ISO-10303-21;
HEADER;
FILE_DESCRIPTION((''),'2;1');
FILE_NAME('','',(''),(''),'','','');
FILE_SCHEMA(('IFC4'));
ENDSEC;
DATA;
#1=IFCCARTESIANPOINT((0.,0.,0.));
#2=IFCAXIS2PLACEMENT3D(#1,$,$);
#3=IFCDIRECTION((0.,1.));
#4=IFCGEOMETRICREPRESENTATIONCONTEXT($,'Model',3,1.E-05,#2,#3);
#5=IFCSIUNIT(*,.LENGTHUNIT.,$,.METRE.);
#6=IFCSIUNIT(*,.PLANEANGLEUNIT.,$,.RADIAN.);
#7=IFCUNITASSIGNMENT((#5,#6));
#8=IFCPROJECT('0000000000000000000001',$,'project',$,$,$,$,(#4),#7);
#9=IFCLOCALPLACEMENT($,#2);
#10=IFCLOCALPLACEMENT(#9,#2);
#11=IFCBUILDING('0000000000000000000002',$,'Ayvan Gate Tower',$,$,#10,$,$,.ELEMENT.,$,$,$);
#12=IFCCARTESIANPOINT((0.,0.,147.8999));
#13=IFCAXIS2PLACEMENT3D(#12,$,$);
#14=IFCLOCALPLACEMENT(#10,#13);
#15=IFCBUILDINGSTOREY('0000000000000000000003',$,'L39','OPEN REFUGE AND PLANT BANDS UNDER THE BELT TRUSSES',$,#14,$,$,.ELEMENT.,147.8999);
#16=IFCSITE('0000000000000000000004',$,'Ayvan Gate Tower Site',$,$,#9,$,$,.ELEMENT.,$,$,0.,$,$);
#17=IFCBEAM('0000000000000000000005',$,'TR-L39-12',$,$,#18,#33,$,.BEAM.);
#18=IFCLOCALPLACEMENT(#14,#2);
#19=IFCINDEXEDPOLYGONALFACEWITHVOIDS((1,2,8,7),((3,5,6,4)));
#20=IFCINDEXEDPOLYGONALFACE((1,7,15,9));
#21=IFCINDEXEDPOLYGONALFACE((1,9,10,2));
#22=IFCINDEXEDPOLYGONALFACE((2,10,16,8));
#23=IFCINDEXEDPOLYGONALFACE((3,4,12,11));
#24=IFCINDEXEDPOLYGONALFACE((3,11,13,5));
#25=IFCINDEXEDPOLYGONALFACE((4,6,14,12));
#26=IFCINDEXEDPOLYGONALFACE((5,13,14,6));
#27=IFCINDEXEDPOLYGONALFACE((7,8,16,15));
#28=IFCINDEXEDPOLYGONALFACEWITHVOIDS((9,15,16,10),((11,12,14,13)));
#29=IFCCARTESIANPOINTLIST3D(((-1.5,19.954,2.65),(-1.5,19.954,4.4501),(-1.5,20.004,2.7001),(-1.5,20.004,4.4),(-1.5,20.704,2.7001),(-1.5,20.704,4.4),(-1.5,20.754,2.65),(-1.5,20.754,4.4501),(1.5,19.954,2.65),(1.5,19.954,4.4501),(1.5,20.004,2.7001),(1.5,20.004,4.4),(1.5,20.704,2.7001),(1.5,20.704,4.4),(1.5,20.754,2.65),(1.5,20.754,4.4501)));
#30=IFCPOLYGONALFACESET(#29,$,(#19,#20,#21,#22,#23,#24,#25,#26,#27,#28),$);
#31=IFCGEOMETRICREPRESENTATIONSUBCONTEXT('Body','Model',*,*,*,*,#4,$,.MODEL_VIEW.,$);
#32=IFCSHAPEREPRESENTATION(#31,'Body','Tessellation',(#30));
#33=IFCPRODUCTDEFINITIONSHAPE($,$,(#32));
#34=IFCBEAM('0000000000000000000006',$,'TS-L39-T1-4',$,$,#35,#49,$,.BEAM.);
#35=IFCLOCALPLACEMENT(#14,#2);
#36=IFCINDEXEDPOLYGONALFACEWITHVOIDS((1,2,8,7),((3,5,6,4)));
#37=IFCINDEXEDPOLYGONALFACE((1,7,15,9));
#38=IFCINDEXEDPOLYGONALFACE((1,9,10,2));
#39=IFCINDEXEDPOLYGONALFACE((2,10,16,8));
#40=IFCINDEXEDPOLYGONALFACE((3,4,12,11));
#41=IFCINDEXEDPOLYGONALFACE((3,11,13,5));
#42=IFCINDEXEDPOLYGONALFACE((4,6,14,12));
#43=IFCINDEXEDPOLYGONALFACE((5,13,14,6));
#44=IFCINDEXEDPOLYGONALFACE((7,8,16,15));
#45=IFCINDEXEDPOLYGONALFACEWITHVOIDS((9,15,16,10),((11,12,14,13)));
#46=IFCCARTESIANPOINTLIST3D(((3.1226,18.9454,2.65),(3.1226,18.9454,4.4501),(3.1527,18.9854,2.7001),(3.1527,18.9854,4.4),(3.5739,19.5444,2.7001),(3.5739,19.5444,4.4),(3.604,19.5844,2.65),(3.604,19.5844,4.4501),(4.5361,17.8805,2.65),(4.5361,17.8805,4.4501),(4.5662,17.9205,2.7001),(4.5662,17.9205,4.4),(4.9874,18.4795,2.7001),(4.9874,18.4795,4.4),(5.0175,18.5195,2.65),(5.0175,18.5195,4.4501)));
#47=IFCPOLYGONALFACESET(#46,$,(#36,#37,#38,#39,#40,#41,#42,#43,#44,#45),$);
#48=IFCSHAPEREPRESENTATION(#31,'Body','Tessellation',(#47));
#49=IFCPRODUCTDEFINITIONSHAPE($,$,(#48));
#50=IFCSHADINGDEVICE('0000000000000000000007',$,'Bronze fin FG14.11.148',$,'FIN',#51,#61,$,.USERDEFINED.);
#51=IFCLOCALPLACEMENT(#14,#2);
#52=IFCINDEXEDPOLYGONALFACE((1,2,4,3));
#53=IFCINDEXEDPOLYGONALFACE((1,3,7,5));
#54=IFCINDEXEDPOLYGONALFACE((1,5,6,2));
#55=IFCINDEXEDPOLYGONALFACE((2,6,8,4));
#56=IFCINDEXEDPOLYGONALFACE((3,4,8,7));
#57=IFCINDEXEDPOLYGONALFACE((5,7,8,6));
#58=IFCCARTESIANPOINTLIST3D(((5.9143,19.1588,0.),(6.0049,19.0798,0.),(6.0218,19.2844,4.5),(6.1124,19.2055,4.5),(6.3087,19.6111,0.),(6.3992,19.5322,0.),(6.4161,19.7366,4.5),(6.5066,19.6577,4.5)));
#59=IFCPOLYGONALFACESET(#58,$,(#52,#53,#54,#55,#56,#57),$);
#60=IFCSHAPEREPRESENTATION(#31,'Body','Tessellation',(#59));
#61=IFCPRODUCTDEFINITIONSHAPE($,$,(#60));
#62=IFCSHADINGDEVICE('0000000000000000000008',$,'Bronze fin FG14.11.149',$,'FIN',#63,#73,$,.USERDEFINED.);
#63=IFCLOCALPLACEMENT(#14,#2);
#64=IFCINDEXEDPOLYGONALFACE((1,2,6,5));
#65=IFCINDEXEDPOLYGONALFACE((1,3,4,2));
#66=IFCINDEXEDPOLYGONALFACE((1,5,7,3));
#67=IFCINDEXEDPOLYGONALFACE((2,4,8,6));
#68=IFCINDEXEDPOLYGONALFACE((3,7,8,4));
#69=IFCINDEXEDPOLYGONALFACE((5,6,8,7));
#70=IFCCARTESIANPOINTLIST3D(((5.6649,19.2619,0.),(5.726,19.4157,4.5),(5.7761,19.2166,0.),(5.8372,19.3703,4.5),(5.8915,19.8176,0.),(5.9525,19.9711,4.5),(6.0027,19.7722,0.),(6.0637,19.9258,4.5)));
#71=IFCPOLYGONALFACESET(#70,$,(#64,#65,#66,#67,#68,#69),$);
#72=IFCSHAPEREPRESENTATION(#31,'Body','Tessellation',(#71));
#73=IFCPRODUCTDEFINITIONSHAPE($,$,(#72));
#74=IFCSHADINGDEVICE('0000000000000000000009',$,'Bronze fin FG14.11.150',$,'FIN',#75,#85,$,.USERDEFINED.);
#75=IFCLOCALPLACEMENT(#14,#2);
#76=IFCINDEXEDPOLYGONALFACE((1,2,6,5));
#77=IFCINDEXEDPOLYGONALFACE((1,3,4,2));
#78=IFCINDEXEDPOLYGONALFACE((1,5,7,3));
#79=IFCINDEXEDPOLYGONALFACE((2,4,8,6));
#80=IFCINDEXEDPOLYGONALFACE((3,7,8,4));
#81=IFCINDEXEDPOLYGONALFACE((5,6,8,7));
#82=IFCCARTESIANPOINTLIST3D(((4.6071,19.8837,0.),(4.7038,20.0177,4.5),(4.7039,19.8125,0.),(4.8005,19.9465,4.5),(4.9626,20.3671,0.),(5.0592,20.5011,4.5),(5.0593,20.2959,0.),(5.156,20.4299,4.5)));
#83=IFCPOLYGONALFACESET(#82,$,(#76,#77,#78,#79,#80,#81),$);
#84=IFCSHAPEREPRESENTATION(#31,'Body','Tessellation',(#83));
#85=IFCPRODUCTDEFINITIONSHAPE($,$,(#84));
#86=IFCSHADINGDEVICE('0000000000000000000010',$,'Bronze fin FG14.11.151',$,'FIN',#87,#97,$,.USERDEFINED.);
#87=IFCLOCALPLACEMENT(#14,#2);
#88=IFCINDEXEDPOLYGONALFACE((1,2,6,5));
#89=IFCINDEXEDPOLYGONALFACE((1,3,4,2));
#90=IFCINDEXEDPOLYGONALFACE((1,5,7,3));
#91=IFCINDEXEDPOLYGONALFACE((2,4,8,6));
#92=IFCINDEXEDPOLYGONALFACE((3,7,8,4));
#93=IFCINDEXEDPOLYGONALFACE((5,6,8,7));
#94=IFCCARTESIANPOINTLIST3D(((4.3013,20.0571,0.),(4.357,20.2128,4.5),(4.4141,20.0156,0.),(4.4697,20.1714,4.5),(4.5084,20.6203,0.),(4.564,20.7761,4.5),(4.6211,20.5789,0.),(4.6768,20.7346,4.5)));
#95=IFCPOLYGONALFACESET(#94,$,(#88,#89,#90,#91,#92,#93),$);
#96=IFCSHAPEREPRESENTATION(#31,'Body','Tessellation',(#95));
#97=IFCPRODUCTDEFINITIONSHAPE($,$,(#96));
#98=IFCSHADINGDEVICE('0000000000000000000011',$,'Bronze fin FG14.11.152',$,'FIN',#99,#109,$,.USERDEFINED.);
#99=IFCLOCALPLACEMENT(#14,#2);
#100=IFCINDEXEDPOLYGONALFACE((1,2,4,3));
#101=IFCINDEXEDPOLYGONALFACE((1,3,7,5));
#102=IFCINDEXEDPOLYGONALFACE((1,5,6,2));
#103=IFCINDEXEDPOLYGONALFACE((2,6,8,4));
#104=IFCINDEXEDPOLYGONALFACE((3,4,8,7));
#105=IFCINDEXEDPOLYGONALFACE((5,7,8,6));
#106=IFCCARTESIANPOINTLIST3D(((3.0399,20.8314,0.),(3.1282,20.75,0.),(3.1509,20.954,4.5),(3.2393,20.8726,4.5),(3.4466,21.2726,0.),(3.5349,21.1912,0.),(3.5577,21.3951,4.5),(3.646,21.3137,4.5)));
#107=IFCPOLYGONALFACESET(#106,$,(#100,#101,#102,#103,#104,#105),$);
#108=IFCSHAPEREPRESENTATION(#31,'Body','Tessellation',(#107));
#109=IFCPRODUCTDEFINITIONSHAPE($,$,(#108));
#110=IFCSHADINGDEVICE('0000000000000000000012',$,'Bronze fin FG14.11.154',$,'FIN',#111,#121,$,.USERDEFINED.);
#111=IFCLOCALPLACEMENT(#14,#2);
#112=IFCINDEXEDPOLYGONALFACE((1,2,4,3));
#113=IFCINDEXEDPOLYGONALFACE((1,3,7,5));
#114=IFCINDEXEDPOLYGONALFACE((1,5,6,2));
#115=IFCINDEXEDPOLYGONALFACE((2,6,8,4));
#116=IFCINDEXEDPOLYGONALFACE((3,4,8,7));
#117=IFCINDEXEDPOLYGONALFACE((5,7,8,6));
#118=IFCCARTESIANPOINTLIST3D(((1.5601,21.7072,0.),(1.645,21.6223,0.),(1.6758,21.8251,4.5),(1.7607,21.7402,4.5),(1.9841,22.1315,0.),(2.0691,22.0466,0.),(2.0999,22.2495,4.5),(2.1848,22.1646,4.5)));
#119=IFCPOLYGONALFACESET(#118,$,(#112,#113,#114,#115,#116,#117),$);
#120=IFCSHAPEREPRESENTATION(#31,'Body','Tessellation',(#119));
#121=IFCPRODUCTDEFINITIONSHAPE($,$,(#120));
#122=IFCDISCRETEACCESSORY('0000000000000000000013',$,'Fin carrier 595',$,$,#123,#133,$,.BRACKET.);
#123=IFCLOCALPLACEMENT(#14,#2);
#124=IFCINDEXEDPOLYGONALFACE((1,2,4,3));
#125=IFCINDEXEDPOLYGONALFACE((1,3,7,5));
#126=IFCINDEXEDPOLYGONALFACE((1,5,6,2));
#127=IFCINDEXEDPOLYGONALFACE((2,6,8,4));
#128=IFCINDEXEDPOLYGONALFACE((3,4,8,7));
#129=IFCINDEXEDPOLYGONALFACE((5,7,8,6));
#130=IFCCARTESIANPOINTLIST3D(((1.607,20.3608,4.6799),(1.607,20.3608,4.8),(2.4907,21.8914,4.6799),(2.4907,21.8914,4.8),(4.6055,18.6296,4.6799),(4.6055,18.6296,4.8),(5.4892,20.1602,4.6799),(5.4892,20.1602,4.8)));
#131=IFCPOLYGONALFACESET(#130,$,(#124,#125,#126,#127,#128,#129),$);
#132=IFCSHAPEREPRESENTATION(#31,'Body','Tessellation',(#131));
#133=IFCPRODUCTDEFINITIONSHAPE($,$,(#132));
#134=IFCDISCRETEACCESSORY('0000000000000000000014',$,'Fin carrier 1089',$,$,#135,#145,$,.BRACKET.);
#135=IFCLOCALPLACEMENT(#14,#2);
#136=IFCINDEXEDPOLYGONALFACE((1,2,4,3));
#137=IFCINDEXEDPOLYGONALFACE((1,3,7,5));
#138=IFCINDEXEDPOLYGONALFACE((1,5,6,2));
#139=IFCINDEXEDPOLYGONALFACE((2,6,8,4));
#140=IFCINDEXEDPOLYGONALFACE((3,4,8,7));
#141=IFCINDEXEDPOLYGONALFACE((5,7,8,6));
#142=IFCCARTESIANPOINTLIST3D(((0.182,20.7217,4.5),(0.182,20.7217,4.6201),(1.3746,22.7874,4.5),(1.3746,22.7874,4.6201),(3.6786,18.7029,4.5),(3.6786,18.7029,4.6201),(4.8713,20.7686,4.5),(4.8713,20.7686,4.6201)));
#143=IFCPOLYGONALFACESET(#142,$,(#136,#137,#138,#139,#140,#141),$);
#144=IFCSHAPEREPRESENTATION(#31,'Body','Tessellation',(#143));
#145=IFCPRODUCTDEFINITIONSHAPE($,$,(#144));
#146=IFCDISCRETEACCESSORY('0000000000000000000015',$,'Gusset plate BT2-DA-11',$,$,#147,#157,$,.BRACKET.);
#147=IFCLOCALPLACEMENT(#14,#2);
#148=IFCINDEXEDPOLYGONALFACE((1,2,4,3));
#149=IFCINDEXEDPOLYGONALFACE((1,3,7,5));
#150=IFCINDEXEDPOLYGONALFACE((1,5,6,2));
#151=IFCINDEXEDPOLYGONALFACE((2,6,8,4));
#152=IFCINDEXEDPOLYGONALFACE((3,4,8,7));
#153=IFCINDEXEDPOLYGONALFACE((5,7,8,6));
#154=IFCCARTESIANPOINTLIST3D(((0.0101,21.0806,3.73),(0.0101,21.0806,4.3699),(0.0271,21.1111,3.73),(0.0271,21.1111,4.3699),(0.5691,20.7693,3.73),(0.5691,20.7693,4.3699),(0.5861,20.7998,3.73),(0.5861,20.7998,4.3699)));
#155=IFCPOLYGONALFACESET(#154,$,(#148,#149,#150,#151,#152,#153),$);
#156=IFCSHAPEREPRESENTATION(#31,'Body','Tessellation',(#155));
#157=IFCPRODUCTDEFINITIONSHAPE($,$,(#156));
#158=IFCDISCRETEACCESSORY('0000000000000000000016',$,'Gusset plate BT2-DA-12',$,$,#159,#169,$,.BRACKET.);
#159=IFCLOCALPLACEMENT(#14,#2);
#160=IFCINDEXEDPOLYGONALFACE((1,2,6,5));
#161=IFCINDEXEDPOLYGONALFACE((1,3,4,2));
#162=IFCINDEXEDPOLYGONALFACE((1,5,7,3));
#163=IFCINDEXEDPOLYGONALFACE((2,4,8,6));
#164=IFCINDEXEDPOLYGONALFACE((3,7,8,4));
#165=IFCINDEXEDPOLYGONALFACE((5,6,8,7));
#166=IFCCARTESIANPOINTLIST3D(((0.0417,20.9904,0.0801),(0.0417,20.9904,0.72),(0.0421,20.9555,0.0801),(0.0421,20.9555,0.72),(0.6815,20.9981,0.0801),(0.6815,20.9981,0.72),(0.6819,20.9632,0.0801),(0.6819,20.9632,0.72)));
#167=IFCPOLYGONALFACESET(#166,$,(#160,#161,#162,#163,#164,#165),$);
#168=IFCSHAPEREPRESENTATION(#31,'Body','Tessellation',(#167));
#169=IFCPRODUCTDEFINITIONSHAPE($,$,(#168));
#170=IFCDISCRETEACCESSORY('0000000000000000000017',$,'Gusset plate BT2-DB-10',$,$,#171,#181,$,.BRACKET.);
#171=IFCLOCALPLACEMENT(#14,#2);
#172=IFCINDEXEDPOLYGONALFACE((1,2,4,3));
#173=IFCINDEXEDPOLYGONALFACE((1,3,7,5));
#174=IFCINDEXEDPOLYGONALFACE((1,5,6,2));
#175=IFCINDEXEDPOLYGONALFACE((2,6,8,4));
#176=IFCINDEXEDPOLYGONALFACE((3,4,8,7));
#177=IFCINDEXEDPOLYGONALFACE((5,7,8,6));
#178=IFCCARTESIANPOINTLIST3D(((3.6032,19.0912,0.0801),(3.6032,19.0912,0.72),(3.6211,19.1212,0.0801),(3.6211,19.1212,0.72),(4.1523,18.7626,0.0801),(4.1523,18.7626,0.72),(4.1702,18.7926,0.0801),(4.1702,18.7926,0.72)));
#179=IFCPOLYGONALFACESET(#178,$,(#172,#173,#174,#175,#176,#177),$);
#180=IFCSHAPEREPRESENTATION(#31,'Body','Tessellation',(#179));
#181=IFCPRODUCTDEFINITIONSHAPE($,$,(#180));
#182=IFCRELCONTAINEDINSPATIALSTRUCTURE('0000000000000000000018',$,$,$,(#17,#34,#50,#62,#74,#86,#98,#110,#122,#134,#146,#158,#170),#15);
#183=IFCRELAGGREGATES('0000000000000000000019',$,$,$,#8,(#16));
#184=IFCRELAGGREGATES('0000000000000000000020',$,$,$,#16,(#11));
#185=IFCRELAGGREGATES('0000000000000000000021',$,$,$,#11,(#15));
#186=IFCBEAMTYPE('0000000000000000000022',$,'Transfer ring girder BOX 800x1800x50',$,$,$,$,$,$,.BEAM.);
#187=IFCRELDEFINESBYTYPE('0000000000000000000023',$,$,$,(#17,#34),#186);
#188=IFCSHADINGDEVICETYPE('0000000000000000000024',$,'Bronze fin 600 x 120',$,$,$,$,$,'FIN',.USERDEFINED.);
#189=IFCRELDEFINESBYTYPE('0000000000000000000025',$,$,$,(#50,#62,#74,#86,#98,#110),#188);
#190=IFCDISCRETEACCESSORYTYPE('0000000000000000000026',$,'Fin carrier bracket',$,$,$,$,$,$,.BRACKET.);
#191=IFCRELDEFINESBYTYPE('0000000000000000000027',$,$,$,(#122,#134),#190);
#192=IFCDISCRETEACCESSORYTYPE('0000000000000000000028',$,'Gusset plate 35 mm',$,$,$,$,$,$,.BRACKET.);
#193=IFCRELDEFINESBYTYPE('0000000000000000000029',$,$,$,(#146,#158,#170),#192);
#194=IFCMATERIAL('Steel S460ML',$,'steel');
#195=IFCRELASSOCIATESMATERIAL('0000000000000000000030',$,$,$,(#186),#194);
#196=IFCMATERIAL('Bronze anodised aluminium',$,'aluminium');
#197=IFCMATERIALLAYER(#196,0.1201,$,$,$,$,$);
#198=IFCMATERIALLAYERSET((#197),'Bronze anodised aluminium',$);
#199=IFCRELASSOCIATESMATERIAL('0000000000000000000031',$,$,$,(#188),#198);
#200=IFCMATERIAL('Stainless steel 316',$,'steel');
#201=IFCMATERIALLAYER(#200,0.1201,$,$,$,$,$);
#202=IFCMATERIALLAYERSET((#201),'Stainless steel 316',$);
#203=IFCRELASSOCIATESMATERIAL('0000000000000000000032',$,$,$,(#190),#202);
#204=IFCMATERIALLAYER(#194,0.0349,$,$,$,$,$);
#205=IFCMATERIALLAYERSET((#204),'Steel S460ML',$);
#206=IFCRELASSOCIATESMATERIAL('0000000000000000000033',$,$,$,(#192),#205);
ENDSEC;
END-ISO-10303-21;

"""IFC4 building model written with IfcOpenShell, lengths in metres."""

from ifc_helpers import new_model, si_unit, direction, frame, origin, origin_2d, place, context, subcontext, project, spatial, polyline, rectangle, hollow_rectangle, outline, extrude, material, layer, layer_set, material_profile, profile_set, type_object, element, save


model = new_model("IFC4")

# Units and contexts
model_context = context("Model", 3, precision=1e-05, world=origin(), true_north=direction((0.0, 1.0)))
body_context = subcontext(model_context, "Body", "Model", "MODEL_VIEW")
ifc_project = project(units=[si_unit("LENGTHUNIT", "METRE"), si_unit("PLANEANGLEUNIT", "RADIAN")], contexts=[model_context])

# Site, building, storey
site_placement = place(None, origin())
site = spatial("IfcSite", under=ifc_project, at=site_placement, Name="Ayvan Gate Tower Site", CompositionType="ELEMENT", RefElevation=0.0)
building_placement = place(site_placement, origin())
building = spatial("IfcBuilding", under=site, at=building_placement, Name="Ayvan Gate Tower", CompositionType="ELEMENT")
storey_placement = place(building_placement, frame((0.0, 0.0, 147.8999)))
storey = spatial("IfcBuildingStorey", under=building, at=storey_placement, Name="L39", Description="OPEN REFUGE AND PLANT BANDS UNDER THE BELT TRUSSES", CompositionType="ELEMENT", Elevation=147.8999)

# Shared definitions
ifc_material_1 = material(Name="Steel S460ML", Category="steel")

# Beams
ifc_material_profile_1 = material_profile(ifc_material_1, hollow_rectangle(XDim=0.8, YDim=1.8, WallThickness=0.05, at=origin_2d()), Name="BOX 800x1800x50")
ifc_profile_set_1 = profile_set([ifc_material_profile_1], Name="Steel S460ML")
beam_type_1 = type_object("IfcBeamType", Name="Transfer ring girder BOX 800x1800x50", PredefinedType="BEAM", material=ifc_profile_set_1)
beam_1_placement = place(storey_placement, frame((1.5, 20.354, 3.55), z_axis=(-1.0, 0.0, 0.0), x_axis=(0.0, -1.0, 0.0)))
element("IfcBeam", 1, at=beam_1_placement, inside=storey, type_object=beam_type_1, Name="TR-L39-12", PredefinedType="BEAM", context=body_context, shape_type="SweptSolid", body=[
    extrude(hollow_rectangle(XDim=0.8, YDim=1.8, WallThickness=0.05, at=origin_2d()), origin(), (0.0, 0.0, 1.0), 3.0),
])
beam_2_placement = place(storey_placement, frame((3.3633, 19.2649, 3.55), z_axis=(0.798707, -0.60172, 0.0), x_axis=(0.60172, 0.798707, 0.0)))
element("IfcBeam", 2, at=beam_2_placement, inside=storey, type_object=beam_type_1, Name="TS-L39-T1-4", PredefinedType="BEAM", context=body_context, shape_type="SweptSolid", body=[
    extrude(hollow_rectangle(XDim=0.8, YDim=1.8, WallThickness=0.05, at=origin_2d()), origin(), (0.0, 0.0, 1.0), 1.7698),
])

# Shading devices
ifc_material_2 = material(Name="Bronze anodised aluminium", Category="aluminium")
ifc_layer_1 = layer(ifc_material_2, 0.1201)
ifc_layer_set_1 = layer_set([ifc_layer_1], Name="Bronze anodised aluminium")
shading_device_type = type_object("IfcShadingDeviceType", Name="Bronze fin 600 x 120", ElementType="FIN", PredefinedType="USERDEFINED", material=ifc_layer_set_1)
shading_device_1_placement = place(storey_placement, frame((6.0049, 19.0798, 0.0), z_axis=(0.753773, -0.657135, 0.000349), x_axis=(0.657135, 0.753773, 0.0)))
element("IfcShadingDevice", 3, at=shading_device_1_placement, inside=storey, type_object=shading_device_type, Name="Bronze fin FG14.11.148", ObjectType="FIN", PredefinedType="USERDEFINED", context=body_context, shape_type="SweptSolid", body=[
    extrude(outline(polyline([(0.0, 0.0), (0.6001, 0.0), (0.7653, 4.5), (0.1654, 4.5), (0.0, 0.0)])), origin(), (0.0, 0.0, -1.0), 0.1201),
])
shading_device_2_placement = place(storey_placement, frame((5.7761, 19.2166, 0.0), z_axis=(0.925958, -0.377626, 0.000338), x_axis=(0.377626, 0.925958, 0.0)))
element("IfcShadingDevice", 4, at=shading_device_2_placement, inside=storey, type_object=shading_device_type, Name="Bronze fin FG14.11.149", ObjectType="FIN", PredefinedType="USERDEFINED", context=body_context, shape_type="SweptSolid", body=[
    extrude(outline(polyline([(0.0, 0.0), (0.6001, 0.0), (0.7653, 4.5), (0.1655, 4.5), (0.0, 0.0)])), origin(), (0.0, 0.0, -1.0), 0.1201),
])
shading_device_3_placement = place(storey_placement, frame((4.7039, 19.8125, 0.0), z_axis=(0.805628, -0.592421, 0.000337), x_axis=(0.592422, 0.805628, 0.0)))
element("IfcShadingDevice", 5, at=shading_device_3_placement, inside=storey, type_object=shading_device_type, Name="Bronze fin FG14.11.150", ObjectType="FIN", PredefinedType="USERDEFINED", context=body_context, shape_type="SweptSolid", body=[
    extrude(outline(polyline([(0.0, 0.0), (0.6, 0.0), (0.7653, 4.5), (0.1653, 4.5), (0.0, 0.0)])), origin(), (0.0, 0.0, -1.0), 0.1201),
])
shading_device_4_placement = place(storey_placement, frame((4.4141, 20.0156, 0.0), z_axis=(0.9386, -0.345008, 0.000332), x_axis=(0.345008, 0.9386, 0.0)))
element("IfcShadingDevice", 6, at=shading_device_4_placement, inside=storey, type_object=shading_device_type, Name="Bronze fin FG14.11.151", ObjectType="FIN", PredefinedType="USERDEFINED", context=body_context, shape_type="SweptSolid", body=[
    extrude(outline(polyline([(0.0, 0.0), (0.6001, 0.0), (0.7655, 4.5), (0.1654, 4.5), (0.0, 0.0)])), origin(), (0.0, 0.0, -1.0), 0.1201),
])
shading_device_5_placement = place(storey_placement, frame((3.1282, 20.75, 0.0), z_axis=(0.735209, -0.677841, 0.000312), x_axis=(0.677841, 0.735209, 0.0)))
element("IfcShadingDevice", 7, at=shading_device_5_placement, inside=storey, type_object=shading_device_type, Name="Bronze fin FG14.11.152", ObjectType="FIN", PredefinedType="USERDEFINED", context=body_context, shape_type="SweptSolid", body=[
    extrude(outline(polyline([(0.0, 0.0), (0.6001, 0.0), (0.7655, 4.5), (0.1654, 4.5), (0.0, 0.0)])), origin(), (0.0, 0.0, -1.0), 0.1201),
])
shading_device_6_placement = place(storey_placement, frame((1.645, 21.6223, 0.0), z_axis=(0.70731, -0.706903, 0.000335), x_axis=(0.706903, 0.70731, 0.0)))
element("IfcShadingDevice", 8, at=shading_device_6_placement, inside=storey, type_object=shading_device_type, Name="Bronze fin FG14.11.154", ObjectType="FIN", PredefinedType="USERDEFINED", context=body_context, shape_type="SweptSolid", body=[
    extrude(outline(polyline([(0.0, 0.0), (0.5999, 0.0), (0.7651, 4.5), (0.1652, 4.5), (0.0, 0.0)])), origin(), (0.0, 0.0, -1.0), 0.1201),
])

# Discrete accessories
ifc_material_3 = material(Name="Stainless steel 316", Category="steel")
ifc_layer_2 = layer(ifc_material_3, 0.1201)
ifc_layer_set_2 = layer_set([ifc_layer_2], Name="Stainless steel 316")
discrete_accessory_type_1 = type_object("IfcDiscreteAccessoryType", Name="Fin carrier bracket", PredefinedType="BRACKET", material=ifc_layer_set_2)
discrete_accessory_1_placement = place(storey_placement, frame((3.5481, 20.2605, 4.6799), z_axis=(0.0, 0.0, 1.0), x_axis=(-0.866025, 0.5, 0.0)))
element("IfcDiscreteAccessory", 9, at=discrete_accessory_1_placement, inside=storey, type_object=discrete_accessory_type_1, Name="Fin carrier 595", PredefinedType="BRACKET", context=body_context, shape_type="SweptSolid", body=[
    extrude(rectangle(XDim=3.4624, YDim=1.7673, at=origin_2d()), origin(), (0.0, 0.0, 1.0), 0.1201),
])
discrete_accessory_2_placement = place(storey_placement, frame((2.5266, 20.7451, 4.5), z_axis=(0.0, 0.0, 1.0), x_axis=(-0.866025, 0.5, 0.0)))
element("IfcDiscreteAccessory", 10, at=discrete_accessory_2_placement, inside=storey, type_object=discrete_accessory_type_1, Name="Fin carrier 1089", PredefinedType="BRACKET", context=body_context, shape_type="SweptSolid", body=[
    extrude(rectangle(XDim=4.0376, YDim=2.3853, at=origin_2d()), origin(), (0.0, 0.0, 1.0), 0.1201),
])
ifc_layer_3 = layer(ifc_material_1, 0.0349)
ifc_layer_set_3 = layer_set([ifc_layer_3], Name="Steel S460ML")
discrete_accessory_type_2 = type_object("IfcDiscreteAccessoryType", Name="Gusset plate 35 mm", PredefinedType="BRACKET", material=ifc_layer_set_3)
for number, where, z_axis, x_axis, name in (
    (11, (0.2981, 20.9402, 3.73), (0.0, 0.0, 1.0), (-0.873677, 0.486506, 0.0), "Gusset plate BT2-DA-11"),
    (12, (0.3618, 20.9768, 0.0801), (0.0, 0.0, 1.0), (0.999928, 0.012006, 0.0), "Gusset plate BT2-DA-12"),
    (13, (3.8867, 18.9419, 0.0801), (0.0, 0.0, 1.0), (-0.858079, 0.513517, 0.0), "Gusset plate BT2-DB-10"),
):
    element("IfcDiscreteAccessory", number, at=place(storey_placement, frame(where, z_axis=z_axis, x_axis=x_axis)), inside=storey, type_object=discrete_accessory_type_2, Name=name, PredefinedType="BRACKET", context=body_context, shape_type="SweptSolid", body=[
        extrude(rectangle(XDim=0.6399, YDim=0.0349, at=origin_2d()), origin(), (0.0, 0.0, 1.0), 0.6399),
    ])

save(model, "model.ifc")
